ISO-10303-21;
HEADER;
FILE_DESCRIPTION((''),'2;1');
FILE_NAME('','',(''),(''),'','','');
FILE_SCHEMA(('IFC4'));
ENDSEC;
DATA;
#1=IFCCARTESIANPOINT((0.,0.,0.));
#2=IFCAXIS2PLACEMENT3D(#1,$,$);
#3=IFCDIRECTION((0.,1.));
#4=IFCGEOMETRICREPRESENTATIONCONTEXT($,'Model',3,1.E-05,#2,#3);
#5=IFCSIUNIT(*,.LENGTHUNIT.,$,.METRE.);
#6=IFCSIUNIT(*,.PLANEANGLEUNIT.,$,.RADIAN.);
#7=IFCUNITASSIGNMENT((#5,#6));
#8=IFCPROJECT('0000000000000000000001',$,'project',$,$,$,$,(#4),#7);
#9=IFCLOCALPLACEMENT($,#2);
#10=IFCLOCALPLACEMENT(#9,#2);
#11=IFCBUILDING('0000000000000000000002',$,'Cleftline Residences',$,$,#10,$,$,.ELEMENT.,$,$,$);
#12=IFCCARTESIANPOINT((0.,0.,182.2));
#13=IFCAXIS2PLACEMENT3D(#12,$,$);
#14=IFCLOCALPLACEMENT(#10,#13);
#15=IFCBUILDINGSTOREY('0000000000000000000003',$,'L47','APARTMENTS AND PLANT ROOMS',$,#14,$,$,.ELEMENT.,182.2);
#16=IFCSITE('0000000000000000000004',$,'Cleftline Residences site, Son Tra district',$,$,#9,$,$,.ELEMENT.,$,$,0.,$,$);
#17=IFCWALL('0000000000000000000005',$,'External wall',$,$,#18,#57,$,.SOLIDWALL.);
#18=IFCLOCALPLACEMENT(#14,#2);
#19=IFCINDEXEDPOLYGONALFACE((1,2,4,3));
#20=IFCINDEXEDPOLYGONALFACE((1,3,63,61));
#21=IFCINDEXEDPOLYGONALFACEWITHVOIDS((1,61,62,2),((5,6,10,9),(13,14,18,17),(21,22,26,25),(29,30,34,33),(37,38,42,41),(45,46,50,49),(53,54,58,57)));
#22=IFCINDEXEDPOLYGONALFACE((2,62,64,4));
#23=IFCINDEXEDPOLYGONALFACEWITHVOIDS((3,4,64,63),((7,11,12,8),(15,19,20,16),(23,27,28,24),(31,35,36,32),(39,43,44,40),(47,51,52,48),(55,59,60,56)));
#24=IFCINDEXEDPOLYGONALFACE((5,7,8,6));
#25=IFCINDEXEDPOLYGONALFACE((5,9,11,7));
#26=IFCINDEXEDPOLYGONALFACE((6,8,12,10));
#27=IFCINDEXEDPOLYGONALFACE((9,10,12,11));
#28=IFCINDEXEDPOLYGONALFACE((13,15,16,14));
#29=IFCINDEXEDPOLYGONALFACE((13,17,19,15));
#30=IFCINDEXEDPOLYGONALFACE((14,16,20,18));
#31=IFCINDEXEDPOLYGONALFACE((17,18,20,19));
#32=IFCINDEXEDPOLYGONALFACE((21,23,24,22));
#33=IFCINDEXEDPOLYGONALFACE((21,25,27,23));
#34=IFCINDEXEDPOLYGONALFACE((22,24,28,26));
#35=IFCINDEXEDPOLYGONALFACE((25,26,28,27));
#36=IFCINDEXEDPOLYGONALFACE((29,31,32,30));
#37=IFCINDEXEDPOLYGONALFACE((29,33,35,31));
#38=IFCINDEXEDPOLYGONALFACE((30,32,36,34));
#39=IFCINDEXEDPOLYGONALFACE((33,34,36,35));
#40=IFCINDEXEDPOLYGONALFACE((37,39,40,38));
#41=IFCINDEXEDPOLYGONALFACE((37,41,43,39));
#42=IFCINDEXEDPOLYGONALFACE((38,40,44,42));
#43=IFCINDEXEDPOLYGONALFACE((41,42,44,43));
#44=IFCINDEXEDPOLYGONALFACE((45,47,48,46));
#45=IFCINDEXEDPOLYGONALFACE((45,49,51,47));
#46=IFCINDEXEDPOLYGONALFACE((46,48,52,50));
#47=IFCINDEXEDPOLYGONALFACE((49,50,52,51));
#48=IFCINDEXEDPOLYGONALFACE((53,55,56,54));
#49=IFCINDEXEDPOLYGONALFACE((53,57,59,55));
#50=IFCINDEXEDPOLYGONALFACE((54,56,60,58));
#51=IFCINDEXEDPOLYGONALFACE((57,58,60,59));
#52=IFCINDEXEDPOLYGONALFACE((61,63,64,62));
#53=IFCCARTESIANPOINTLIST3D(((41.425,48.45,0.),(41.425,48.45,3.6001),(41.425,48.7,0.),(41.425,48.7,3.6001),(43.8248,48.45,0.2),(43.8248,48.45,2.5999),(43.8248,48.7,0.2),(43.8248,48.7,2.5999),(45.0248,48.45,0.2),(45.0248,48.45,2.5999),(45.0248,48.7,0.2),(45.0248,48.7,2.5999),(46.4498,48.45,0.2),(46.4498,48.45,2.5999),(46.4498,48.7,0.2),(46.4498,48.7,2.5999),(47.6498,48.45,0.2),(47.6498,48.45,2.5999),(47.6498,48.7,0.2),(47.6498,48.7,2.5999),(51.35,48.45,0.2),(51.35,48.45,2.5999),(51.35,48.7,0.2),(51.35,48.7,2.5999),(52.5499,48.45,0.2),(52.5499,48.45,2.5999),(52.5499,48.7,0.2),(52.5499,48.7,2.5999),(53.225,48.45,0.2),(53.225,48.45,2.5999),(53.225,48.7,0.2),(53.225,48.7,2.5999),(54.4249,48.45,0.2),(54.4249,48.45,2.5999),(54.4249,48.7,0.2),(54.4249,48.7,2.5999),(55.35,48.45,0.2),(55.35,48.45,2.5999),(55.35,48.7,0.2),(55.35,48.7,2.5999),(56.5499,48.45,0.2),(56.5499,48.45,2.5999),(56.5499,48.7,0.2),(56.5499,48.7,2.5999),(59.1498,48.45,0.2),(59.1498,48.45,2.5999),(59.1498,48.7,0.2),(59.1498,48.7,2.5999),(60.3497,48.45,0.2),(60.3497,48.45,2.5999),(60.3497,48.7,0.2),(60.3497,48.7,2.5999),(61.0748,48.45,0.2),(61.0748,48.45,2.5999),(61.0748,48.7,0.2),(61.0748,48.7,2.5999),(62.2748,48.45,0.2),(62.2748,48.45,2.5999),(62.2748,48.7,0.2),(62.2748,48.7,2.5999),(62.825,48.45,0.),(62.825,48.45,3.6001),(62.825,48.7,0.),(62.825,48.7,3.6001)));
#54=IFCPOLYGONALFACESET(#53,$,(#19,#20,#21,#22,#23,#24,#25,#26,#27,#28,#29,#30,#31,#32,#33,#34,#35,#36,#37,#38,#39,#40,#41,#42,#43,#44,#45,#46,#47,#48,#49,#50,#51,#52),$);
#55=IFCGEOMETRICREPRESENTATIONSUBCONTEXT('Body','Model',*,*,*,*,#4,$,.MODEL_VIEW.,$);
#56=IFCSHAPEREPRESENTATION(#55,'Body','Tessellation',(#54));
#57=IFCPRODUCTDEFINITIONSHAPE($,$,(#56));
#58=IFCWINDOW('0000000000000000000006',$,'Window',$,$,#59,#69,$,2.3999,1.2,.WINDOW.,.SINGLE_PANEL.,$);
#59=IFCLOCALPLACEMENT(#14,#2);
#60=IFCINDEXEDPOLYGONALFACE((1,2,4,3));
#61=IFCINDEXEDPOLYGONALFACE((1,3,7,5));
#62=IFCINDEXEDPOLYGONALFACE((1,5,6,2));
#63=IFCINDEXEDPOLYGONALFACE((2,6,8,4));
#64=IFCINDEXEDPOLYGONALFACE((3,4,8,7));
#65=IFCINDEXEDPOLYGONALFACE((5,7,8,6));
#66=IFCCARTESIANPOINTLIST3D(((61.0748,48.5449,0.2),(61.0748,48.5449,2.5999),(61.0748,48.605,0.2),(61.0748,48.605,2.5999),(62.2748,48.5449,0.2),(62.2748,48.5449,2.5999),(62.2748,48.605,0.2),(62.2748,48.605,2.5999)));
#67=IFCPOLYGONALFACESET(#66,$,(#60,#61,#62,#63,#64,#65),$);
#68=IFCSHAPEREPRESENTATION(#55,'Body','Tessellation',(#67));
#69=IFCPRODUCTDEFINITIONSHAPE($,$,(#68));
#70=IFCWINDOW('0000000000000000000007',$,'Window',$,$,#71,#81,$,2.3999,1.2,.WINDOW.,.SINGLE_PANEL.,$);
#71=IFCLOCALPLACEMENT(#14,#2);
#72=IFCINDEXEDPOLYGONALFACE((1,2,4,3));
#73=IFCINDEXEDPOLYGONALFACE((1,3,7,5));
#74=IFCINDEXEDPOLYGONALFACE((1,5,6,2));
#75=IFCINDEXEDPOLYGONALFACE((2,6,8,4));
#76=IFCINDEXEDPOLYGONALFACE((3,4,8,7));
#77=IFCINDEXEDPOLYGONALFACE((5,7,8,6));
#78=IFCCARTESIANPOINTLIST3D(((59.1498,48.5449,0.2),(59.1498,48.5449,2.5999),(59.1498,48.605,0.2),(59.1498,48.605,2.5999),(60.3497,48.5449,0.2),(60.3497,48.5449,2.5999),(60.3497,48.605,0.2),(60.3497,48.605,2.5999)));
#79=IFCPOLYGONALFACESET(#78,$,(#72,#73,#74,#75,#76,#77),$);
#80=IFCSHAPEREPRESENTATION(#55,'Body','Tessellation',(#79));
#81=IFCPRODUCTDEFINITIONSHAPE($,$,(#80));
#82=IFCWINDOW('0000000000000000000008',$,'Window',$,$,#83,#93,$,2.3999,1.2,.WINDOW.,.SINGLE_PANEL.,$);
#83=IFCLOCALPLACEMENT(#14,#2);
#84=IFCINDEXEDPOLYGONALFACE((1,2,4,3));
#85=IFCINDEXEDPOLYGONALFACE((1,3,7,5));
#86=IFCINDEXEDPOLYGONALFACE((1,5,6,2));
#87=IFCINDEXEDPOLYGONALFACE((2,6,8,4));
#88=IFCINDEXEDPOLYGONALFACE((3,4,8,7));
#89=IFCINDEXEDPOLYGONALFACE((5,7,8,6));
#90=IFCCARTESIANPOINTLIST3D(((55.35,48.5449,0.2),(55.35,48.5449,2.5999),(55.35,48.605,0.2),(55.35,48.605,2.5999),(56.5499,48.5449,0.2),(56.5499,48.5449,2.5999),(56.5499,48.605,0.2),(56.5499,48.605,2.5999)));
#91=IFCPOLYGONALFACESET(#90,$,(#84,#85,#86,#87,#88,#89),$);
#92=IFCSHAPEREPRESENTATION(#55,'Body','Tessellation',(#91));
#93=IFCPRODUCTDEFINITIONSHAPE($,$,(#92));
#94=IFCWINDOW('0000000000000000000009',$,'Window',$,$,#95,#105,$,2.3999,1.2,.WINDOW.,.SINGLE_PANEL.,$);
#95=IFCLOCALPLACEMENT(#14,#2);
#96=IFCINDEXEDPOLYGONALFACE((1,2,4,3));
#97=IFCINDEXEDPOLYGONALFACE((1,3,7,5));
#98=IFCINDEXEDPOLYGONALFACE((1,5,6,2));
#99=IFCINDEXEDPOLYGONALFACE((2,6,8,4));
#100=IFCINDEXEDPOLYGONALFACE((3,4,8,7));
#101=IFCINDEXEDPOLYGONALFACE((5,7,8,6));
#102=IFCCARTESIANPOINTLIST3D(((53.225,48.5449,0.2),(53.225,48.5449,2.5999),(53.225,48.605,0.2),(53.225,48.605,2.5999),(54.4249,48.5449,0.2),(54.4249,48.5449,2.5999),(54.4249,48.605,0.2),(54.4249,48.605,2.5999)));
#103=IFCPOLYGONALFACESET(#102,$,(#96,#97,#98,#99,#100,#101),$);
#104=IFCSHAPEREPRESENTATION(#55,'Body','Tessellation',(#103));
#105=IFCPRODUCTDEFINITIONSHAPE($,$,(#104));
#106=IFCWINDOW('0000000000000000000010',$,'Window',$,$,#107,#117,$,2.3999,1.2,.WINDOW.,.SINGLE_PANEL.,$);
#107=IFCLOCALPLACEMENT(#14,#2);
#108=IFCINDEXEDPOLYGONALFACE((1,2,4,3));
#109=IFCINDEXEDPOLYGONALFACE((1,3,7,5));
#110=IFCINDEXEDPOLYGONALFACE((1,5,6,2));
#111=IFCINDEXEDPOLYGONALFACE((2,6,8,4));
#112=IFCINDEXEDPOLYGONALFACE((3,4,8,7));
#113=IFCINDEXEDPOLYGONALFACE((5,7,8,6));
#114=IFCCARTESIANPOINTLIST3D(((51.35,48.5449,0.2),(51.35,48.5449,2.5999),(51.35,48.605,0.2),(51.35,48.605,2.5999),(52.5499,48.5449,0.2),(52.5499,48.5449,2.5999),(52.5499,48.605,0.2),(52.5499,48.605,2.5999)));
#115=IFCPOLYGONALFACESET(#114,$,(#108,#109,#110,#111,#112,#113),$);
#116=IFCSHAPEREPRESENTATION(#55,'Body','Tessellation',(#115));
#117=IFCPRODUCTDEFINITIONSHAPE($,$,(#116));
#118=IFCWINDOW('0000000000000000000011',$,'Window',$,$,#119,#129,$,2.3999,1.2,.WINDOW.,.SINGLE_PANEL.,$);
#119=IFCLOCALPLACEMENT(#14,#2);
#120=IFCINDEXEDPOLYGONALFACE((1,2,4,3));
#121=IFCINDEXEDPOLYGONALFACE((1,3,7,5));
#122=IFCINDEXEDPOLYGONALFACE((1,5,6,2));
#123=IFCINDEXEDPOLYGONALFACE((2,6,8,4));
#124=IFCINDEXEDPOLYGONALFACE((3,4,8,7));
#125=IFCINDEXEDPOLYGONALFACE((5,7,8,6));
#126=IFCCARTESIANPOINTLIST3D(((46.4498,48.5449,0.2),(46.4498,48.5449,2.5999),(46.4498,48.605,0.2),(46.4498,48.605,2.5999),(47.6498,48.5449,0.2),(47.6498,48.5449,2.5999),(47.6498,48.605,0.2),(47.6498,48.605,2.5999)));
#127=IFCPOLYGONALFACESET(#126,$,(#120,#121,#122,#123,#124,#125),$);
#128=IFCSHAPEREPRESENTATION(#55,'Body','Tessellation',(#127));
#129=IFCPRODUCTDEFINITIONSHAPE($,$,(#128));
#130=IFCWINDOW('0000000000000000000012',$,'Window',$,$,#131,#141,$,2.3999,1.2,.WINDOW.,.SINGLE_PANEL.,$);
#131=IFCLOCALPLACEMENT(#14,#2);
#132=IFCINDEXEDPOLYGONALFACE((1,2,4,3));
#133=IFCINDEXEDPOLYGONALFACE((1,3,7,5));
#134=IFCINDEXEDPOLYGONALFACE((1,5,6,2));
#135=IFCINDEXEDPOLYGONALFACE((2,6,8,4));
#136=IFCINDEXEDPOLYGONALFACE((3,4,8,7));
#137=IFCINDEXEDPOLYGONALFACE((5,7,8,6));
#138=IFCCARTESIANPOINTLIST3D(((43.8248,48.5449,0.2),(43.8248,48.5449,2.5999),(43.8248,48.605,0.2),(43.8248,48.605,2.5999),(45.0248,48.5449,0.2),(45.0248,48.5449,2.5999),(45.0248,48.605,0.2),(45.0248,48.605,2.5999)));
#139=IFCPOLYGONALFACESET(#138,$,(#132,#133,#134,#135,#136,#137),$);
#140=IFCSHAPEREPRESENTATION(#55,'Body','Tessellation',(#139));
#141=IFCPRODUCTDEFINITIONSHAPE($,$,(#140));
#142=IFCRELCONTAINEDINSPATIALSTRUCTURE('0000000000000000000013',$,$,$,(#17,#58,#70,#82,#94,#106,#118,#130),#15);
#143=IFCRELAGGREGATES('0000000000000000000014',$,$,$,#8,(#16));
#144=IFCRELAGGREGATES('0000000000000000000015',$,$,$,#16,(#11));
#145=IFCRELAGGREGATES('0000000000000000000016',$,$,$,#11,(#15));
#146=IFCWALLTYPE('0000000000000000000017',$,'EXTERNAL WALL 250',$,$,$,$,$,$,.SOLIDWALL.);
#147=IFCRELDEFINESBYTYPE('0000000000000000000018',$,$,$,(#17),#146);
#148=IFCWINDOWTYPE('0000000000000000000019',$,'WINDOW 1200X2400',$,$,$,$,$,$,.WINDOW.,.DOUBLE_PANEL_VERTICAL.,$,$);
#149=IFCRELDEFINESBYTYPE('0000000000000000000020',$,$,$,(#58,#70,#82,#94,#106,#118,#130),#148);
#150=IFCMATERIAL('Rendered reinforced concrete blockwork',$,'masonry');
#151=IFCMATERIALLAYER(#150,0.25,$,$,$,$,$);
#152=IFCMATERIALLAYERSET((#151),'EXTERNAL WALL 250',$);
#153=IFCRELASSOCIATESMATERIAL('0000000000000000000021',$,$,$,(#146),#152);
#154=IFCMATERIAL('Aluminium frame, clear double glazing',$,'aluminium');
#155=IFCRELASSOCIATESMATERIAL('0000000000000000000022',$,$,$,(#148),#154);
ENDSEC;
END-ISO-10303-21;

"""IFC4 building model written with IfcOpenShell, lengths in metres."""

from ifc_helpers import new_model, si_unit, direction, frame, frame_2d, origin, place, context, subcontext, project, spatial, rectangle, extrude, material, layer, layer_set, type_object, element, fill, save


model = new_model("IFC4")

# Units and contexts
model_context = context("Model", 3, precision=1e-05, world=origin(), true_north=direction((0.0, 1.0)))
body_context = subcontext(model_context, "Body", "Model", "MODEL_VIEW")
ifc_project = project(units=[si_unit("LENGTHUNIT", "METRE"), si_unit("PLANEANGLEUNIT", "RADIAN")], contexts=[model_context])

# Site, building, storey
site_placement = place(None, origin())
site = spatial("IfcSite", under=ifc_project, at=site_placement, Name="Cleftline Residences site, Son Tra district", CompositionType="ELEMENT", RefElevation=0.0)
building_placement = place(site_placement, origin())
building = spatial("IfcBuilding", under=site, at=building_placement, Name="Cleftline Residences", CompositionType="ELEMENT")
storey_placement = place(building_placement, frame((0.0, 0.0, 182.2)))
storey = spatial("IfcBuildingStorey", under=building, at=storey_placement, Name="L47", Description="APARTMENTS AND PLANT ROOMS", CompositionType="ELEMENT", Elevation=182.2)

# Shared definitions
ifc_material_1 = material(Name="Rendered reinforced concrete blockwork", Category="masonry")
ifc_layer_1 = layer(ifc_material_1, 0.25)
ifc_layer_set_1 = layer_set([ifc_layer_1], Name="EXTERNAL WALL 250")
wall_type_1 = type_object("IfcWallType", Name="EXTERNAL WALL 250", PredefinedType="SOLIDWALL", material=ifc_layer_set_1)
ifc_material_2 = material(Name="Aluminium frame, clear double glazing", Category="aluminium")
window_type_1 = type_object("IfcWindowType", Name="WINDOW 1200X2400", PartitioningType="DOUBLE_PANEL_VERTICAL", PredefinedType="WINDOW", material=ifc_material_2)

# Wall, openings, windows
wall_1_placement = place(storey_placement, frame((62.825, 48.575, 0.0), z_axis=(0.0, 0.0, 1.0), x_axis=(-1.0, 0.0, 0.0)))
wall_1 = element("IfcWall", 1, at=wall_1_placement, inside=storey, type_object=wall_type_1, Name="External wall", PredefinedType="SOLIDWALL", context=body_context, shape_type="SweptSolid", body=[
    extrude(rectangle(XDim=21.3999, YDim=0.25, at=frame_2d((10.7, 0.0))), origin(), (0.0, 0.0, 1.0), 3.6001),
])
opening_1_placement = place(wall_1_placement, frame((0.55, 0.0, 0.2)))
opening_1 = element("IfcOpeningElement", 2, at=opening_1_placement, cuts=wall_1, PredefinedType="OPENING", context=body_context, shape_type="SweptSolid", body=[
    extrude(rectangle(XDim=1.2, YDim=2.3999, at=frame_2d((0.6001, 1.2))), frame((0.0, 0.135, 0.0), z_axis=(0.0, -1.0, 0.0), x_axis=(1.0, 0.0, 0.0)), (0.0, 0.0, 1.0), 0.27),
])
opening_2_placement = place(wall_1_placement, frame((2.4751, 0.0, 0.2)))
opening_2 = element("IfcOpeningElement", 3, at=opening_2_placement, cuts=wall_1, PredefinedType="OPENING", context=body_context, shape_type="SweptSolid", body=[
    extrude(rectangle(XDim=1.2, YDim=2.3999, at=frame_2d((0.6001, 1.2))), frame((0.0, 0.135, 0.0), z_axis=(0.0, -1.0, 0.0), x_axis=(1.0, 0.0, 0.0)), (0.0, 0.0, 1.0), 0.27),
])
opening_3_placement = place(wall_1_placement, frame((6.2749, 0.0, 0.2)))
opening_3 = element("IfcOpeningElement", 4, at=opening_3_placement, cuts=wall_1, PredefinedType="OPENING", context=body_context, shape_type="SweptSolid", body=[
    extrude(rectangle(XDim=1.2, YDim=2.3999, at=frame_2d((0.6001, 1.2))), frame((0.0, 0.135, 0.0), z_axis=(0.0, -1.0, 0.0), x_axis=(1.0, 0.0, 0.0)), (0.0, 0.0, 1.0), 0.27),
])
opening_4_placement = place(wall_1_placement, frame((8.3999, 0.0, 0.2)))
opening_4 = element("IfcOpeningElement", 5, at=opening_4_placement, cuts=wall_1, PredefinedType="OPENING", context=body_context, shape_type="SweptSolid", body=[
    extrude(rectangle(XDim=1.2, YDim=2.3999, at=frame_2d((0.6001, 1.2))), frame((0.0, 0.135, 0.0), z_axis=(0.0, -1.0, 0.0), x_axis=(1.0, 0.0, 0.0)), (0.0, 0.0, 1.0), 0.27),
])
opening_5_placement = place(wall_1_placement, frame((10.2749, 0.0, 0.2)))
opening_5 = element("IfcOpeningElement", 6, at=opening_5_placement, cuts=wall_1, PredefinedType="OPENING", context=body_context, shape_type="SweptSolid", body=[
    extrude(rectangle(XDim=1.2, YDim=2.3999, at=frame_2d((0.6001, 1.2))), frame((0.0, 0.135, 0.0), z_axis=(0.0, -1.0, 0.0), x_axis=(1.0, 0.0, 0.0)), (0.0, 0.0, 1.0), 0.27),
])
opening_6_placement = place(wall_1_placement, frame((15.175, 0.0, 0.2)))
opening_6 = element("IfcOpeningElement", 7, at=opening_6_placement, cuts=wall_1, PredefinedType="OPENING", context=body_context, shape_type="SweptSolid", body=[
    extrude(rectangle(XDim=1.2, YDim=2.3999, at=frame_2d((0.6001, 1.2))), frame((0.0, 0.135, 0.0), z_axis=(0.0, -1.0, 0.0), x_axis=(1.0, 0.0, 0.0)), (0.0, 0.0, 1.0), 0.27),
])
opening_7_placement = place(wall_1_placement, frame((17.8, 0.0, 0.2)))
opening_7 = element("IfcOpeningElement", 8, at=opening_7_placement, cuts=wall_1, PredefinedType="OPENING", context=body_context, shape_type="SweptSolid", body=[
    extrude(rectangle(XDim=1.2, YDim=2.3999, at=frame_2d((0.6001, 1.2))), frame((0.0, 0.135, 0.0), z_axis=(0.0, -1.0, 0.0), x_axis=(1.0, 0.0, 0.0)), (0.0, 0.0, 1.0), 0.27),
])
window_1_placement = place(opening_1_placement, origin())
window_1 = element("IfcWindow", 9, at=window_1_placement, inside=storey, type_object=window_type_1, Name="Window", OverallHeight=2.3999, OverallWidth=1.2, PartitioningType="SINGLE_PANEL", PredefinedType="WINDOW", context=body_context, shape_type="SweptSolid", body=[
    extrude(rectangle(XDim=1.2, YDim=2.3999, at=frame_2d((0.6001, 1.2))), frame((0.0, 0.03, 0.0), z_axis=(0.0, -1.0, 0.0), x_axis=(1.0, 0.0, 0.0)), (0.0, 0.0, 1.0), 0.0601),
])
fill(opening_1, window_1)
window_2_placement = place(opening_2_placement, origin())
window_2 = element("IfcWindow", 10, at=window_2_placement, inside=storey, type_object=window_type_1, Name="Window", OverallHeight=2.3999, OverallWidth=1.2, PartitioningType="SINGLE_PANEL", PredefinedType="WINDOW", context=body_context, shape_type="SweptSolid", body=[
    extrude(rectangle(XDim=1.2, YDim=2.3999, at=frame_2d((0.6001, 1.2))), frame((0.0, 0.03, 0.0), z_axis=(0.0, -1.0, 0.0), x_axis=(1.0, 0.0, 0.0)), (0.0, 0.0, 1.0), 0.0601),
])
fill(opening_2, window_2)
window_3_placement = place(opening_3_placement, origin())
window_3 = element("IfcWindow", 11, at=window_3_placement, inside=storey, type_object=window_type_1, Name="Window", OverallHeight=2.3999, OverallWidth=1.2, PartitioningType="SINGLE_PANEL", PredefinedType="WINDOW", context=body_context, shape_type="SweptSolid", body=[
    extrude(rectangle(XDim=1.2, YDim=2.3999, at=frame_2d((0.6001, 1.2))), frame((0.0, 0.03, 0.0), z_axis=(0.0, -1.0, 0.0), x_axis=(1.0, 0.0, 0.0)), (0.0, 0.0, 1.0), 0.0601),
])
fill(opening_3, window_3)
window_4_placement = place(opening_4_placement, origin())
window_4 = element("IfcWindow", 12, at=window_4_placement, inside=storey, type_object=window_type_1, Name="Window", OverallHeight=2.3999, OverallWidth=1.2, PartitioningType="SINGLE_PANEL", PredefinedType="WINDOW", context=body_context, shape_type="SweptSolid", body=[
    extrude(rectangle(XDim=1.2, YDim=2.3999, at=frame_2d((0.6001, 1.2))), frame((0.0, 0.03, 0.0), z_axis=(0.0, -1.0, 0.0), x_axis=(1.0, 0.0, 0.0)), (0.0, 0.0, 1.0), 0.0601),
])
fill(opening_4, window_4)
window_5_placement = place(opening_5_placement, origin())
window_5 = element("IfcWindow", 13, at=window_5_placement, inside=storey, type_object=window_type_1, Name="Window", OverallHeight=2.3999, OverallWidth=1.2, PartitioningType="SINGLE_PANEL", PredefinedType="WINDOW", context=body_context, shape_type="SweptSolid", body=[
    extrude(rectangle(XDim=1.2, YDim=2.3999, at=frame_2d((0.6001, 1.2))), frame((0.0, 0.03, 0.0), z_axis=(0.0, -1.0, 0.0), x_axis=(1.0, 0.0, 0.0)), (0.0, 0.0, 1.0), 0.0601),
])
fill(opening_5, window_5)
window_6_placement = place(opening_6_placement, origin())
window_6 = element("IfcWindow", 14, at=window_6_placement, inside=storey, type_object=window_type_1, Name="Window", OverallHeight=2.3999, OverallWidth=1.2, PartitioningType="SINGLE_PANEL", PredefinedType="WINDOW", context=body_context, shape_type="SweptSolid", body=[
    extrude(rectangle(XDim=1.2, YDim=2.3999, at=frame_2d((0.6001, 1.2))), frame((0.0, 0.03, 0.0), z_axis=(0.0, -1.0, 0.0), x_axis=(1.0, 0.0, 0.0)), (0.0, 0.0, 1.0), 0.0601),
])
fill(opening_6, window_6)
window_7_placement = place(opening_7_placement, origin())
window_7 = element("IfcWindow", 15, at=window_7_placement, inside=storey, type_object=window_type_1, Name="Window", OverallHeight=2.3999, OverallWidth=1.2, PartitioningType="SINGLE_PANEL", PredefinedType="WINDOW", context=body_context, shape_type="SweptSolid", body=[
    extrude(rectangle(XDim=1.2, YDim=2.3999, at=frame_2d((0.6001, 1.2))), frame((0.0, 0.03, 0.0), z_axis=(0.0, -1.0, 0.0), x_axis=(1.0, 0.0, 0.0)), (0.0, 0.0, 1.0), 0.0601),
])
fill(opening_7, window_7)

save(model, "model.ifc")
